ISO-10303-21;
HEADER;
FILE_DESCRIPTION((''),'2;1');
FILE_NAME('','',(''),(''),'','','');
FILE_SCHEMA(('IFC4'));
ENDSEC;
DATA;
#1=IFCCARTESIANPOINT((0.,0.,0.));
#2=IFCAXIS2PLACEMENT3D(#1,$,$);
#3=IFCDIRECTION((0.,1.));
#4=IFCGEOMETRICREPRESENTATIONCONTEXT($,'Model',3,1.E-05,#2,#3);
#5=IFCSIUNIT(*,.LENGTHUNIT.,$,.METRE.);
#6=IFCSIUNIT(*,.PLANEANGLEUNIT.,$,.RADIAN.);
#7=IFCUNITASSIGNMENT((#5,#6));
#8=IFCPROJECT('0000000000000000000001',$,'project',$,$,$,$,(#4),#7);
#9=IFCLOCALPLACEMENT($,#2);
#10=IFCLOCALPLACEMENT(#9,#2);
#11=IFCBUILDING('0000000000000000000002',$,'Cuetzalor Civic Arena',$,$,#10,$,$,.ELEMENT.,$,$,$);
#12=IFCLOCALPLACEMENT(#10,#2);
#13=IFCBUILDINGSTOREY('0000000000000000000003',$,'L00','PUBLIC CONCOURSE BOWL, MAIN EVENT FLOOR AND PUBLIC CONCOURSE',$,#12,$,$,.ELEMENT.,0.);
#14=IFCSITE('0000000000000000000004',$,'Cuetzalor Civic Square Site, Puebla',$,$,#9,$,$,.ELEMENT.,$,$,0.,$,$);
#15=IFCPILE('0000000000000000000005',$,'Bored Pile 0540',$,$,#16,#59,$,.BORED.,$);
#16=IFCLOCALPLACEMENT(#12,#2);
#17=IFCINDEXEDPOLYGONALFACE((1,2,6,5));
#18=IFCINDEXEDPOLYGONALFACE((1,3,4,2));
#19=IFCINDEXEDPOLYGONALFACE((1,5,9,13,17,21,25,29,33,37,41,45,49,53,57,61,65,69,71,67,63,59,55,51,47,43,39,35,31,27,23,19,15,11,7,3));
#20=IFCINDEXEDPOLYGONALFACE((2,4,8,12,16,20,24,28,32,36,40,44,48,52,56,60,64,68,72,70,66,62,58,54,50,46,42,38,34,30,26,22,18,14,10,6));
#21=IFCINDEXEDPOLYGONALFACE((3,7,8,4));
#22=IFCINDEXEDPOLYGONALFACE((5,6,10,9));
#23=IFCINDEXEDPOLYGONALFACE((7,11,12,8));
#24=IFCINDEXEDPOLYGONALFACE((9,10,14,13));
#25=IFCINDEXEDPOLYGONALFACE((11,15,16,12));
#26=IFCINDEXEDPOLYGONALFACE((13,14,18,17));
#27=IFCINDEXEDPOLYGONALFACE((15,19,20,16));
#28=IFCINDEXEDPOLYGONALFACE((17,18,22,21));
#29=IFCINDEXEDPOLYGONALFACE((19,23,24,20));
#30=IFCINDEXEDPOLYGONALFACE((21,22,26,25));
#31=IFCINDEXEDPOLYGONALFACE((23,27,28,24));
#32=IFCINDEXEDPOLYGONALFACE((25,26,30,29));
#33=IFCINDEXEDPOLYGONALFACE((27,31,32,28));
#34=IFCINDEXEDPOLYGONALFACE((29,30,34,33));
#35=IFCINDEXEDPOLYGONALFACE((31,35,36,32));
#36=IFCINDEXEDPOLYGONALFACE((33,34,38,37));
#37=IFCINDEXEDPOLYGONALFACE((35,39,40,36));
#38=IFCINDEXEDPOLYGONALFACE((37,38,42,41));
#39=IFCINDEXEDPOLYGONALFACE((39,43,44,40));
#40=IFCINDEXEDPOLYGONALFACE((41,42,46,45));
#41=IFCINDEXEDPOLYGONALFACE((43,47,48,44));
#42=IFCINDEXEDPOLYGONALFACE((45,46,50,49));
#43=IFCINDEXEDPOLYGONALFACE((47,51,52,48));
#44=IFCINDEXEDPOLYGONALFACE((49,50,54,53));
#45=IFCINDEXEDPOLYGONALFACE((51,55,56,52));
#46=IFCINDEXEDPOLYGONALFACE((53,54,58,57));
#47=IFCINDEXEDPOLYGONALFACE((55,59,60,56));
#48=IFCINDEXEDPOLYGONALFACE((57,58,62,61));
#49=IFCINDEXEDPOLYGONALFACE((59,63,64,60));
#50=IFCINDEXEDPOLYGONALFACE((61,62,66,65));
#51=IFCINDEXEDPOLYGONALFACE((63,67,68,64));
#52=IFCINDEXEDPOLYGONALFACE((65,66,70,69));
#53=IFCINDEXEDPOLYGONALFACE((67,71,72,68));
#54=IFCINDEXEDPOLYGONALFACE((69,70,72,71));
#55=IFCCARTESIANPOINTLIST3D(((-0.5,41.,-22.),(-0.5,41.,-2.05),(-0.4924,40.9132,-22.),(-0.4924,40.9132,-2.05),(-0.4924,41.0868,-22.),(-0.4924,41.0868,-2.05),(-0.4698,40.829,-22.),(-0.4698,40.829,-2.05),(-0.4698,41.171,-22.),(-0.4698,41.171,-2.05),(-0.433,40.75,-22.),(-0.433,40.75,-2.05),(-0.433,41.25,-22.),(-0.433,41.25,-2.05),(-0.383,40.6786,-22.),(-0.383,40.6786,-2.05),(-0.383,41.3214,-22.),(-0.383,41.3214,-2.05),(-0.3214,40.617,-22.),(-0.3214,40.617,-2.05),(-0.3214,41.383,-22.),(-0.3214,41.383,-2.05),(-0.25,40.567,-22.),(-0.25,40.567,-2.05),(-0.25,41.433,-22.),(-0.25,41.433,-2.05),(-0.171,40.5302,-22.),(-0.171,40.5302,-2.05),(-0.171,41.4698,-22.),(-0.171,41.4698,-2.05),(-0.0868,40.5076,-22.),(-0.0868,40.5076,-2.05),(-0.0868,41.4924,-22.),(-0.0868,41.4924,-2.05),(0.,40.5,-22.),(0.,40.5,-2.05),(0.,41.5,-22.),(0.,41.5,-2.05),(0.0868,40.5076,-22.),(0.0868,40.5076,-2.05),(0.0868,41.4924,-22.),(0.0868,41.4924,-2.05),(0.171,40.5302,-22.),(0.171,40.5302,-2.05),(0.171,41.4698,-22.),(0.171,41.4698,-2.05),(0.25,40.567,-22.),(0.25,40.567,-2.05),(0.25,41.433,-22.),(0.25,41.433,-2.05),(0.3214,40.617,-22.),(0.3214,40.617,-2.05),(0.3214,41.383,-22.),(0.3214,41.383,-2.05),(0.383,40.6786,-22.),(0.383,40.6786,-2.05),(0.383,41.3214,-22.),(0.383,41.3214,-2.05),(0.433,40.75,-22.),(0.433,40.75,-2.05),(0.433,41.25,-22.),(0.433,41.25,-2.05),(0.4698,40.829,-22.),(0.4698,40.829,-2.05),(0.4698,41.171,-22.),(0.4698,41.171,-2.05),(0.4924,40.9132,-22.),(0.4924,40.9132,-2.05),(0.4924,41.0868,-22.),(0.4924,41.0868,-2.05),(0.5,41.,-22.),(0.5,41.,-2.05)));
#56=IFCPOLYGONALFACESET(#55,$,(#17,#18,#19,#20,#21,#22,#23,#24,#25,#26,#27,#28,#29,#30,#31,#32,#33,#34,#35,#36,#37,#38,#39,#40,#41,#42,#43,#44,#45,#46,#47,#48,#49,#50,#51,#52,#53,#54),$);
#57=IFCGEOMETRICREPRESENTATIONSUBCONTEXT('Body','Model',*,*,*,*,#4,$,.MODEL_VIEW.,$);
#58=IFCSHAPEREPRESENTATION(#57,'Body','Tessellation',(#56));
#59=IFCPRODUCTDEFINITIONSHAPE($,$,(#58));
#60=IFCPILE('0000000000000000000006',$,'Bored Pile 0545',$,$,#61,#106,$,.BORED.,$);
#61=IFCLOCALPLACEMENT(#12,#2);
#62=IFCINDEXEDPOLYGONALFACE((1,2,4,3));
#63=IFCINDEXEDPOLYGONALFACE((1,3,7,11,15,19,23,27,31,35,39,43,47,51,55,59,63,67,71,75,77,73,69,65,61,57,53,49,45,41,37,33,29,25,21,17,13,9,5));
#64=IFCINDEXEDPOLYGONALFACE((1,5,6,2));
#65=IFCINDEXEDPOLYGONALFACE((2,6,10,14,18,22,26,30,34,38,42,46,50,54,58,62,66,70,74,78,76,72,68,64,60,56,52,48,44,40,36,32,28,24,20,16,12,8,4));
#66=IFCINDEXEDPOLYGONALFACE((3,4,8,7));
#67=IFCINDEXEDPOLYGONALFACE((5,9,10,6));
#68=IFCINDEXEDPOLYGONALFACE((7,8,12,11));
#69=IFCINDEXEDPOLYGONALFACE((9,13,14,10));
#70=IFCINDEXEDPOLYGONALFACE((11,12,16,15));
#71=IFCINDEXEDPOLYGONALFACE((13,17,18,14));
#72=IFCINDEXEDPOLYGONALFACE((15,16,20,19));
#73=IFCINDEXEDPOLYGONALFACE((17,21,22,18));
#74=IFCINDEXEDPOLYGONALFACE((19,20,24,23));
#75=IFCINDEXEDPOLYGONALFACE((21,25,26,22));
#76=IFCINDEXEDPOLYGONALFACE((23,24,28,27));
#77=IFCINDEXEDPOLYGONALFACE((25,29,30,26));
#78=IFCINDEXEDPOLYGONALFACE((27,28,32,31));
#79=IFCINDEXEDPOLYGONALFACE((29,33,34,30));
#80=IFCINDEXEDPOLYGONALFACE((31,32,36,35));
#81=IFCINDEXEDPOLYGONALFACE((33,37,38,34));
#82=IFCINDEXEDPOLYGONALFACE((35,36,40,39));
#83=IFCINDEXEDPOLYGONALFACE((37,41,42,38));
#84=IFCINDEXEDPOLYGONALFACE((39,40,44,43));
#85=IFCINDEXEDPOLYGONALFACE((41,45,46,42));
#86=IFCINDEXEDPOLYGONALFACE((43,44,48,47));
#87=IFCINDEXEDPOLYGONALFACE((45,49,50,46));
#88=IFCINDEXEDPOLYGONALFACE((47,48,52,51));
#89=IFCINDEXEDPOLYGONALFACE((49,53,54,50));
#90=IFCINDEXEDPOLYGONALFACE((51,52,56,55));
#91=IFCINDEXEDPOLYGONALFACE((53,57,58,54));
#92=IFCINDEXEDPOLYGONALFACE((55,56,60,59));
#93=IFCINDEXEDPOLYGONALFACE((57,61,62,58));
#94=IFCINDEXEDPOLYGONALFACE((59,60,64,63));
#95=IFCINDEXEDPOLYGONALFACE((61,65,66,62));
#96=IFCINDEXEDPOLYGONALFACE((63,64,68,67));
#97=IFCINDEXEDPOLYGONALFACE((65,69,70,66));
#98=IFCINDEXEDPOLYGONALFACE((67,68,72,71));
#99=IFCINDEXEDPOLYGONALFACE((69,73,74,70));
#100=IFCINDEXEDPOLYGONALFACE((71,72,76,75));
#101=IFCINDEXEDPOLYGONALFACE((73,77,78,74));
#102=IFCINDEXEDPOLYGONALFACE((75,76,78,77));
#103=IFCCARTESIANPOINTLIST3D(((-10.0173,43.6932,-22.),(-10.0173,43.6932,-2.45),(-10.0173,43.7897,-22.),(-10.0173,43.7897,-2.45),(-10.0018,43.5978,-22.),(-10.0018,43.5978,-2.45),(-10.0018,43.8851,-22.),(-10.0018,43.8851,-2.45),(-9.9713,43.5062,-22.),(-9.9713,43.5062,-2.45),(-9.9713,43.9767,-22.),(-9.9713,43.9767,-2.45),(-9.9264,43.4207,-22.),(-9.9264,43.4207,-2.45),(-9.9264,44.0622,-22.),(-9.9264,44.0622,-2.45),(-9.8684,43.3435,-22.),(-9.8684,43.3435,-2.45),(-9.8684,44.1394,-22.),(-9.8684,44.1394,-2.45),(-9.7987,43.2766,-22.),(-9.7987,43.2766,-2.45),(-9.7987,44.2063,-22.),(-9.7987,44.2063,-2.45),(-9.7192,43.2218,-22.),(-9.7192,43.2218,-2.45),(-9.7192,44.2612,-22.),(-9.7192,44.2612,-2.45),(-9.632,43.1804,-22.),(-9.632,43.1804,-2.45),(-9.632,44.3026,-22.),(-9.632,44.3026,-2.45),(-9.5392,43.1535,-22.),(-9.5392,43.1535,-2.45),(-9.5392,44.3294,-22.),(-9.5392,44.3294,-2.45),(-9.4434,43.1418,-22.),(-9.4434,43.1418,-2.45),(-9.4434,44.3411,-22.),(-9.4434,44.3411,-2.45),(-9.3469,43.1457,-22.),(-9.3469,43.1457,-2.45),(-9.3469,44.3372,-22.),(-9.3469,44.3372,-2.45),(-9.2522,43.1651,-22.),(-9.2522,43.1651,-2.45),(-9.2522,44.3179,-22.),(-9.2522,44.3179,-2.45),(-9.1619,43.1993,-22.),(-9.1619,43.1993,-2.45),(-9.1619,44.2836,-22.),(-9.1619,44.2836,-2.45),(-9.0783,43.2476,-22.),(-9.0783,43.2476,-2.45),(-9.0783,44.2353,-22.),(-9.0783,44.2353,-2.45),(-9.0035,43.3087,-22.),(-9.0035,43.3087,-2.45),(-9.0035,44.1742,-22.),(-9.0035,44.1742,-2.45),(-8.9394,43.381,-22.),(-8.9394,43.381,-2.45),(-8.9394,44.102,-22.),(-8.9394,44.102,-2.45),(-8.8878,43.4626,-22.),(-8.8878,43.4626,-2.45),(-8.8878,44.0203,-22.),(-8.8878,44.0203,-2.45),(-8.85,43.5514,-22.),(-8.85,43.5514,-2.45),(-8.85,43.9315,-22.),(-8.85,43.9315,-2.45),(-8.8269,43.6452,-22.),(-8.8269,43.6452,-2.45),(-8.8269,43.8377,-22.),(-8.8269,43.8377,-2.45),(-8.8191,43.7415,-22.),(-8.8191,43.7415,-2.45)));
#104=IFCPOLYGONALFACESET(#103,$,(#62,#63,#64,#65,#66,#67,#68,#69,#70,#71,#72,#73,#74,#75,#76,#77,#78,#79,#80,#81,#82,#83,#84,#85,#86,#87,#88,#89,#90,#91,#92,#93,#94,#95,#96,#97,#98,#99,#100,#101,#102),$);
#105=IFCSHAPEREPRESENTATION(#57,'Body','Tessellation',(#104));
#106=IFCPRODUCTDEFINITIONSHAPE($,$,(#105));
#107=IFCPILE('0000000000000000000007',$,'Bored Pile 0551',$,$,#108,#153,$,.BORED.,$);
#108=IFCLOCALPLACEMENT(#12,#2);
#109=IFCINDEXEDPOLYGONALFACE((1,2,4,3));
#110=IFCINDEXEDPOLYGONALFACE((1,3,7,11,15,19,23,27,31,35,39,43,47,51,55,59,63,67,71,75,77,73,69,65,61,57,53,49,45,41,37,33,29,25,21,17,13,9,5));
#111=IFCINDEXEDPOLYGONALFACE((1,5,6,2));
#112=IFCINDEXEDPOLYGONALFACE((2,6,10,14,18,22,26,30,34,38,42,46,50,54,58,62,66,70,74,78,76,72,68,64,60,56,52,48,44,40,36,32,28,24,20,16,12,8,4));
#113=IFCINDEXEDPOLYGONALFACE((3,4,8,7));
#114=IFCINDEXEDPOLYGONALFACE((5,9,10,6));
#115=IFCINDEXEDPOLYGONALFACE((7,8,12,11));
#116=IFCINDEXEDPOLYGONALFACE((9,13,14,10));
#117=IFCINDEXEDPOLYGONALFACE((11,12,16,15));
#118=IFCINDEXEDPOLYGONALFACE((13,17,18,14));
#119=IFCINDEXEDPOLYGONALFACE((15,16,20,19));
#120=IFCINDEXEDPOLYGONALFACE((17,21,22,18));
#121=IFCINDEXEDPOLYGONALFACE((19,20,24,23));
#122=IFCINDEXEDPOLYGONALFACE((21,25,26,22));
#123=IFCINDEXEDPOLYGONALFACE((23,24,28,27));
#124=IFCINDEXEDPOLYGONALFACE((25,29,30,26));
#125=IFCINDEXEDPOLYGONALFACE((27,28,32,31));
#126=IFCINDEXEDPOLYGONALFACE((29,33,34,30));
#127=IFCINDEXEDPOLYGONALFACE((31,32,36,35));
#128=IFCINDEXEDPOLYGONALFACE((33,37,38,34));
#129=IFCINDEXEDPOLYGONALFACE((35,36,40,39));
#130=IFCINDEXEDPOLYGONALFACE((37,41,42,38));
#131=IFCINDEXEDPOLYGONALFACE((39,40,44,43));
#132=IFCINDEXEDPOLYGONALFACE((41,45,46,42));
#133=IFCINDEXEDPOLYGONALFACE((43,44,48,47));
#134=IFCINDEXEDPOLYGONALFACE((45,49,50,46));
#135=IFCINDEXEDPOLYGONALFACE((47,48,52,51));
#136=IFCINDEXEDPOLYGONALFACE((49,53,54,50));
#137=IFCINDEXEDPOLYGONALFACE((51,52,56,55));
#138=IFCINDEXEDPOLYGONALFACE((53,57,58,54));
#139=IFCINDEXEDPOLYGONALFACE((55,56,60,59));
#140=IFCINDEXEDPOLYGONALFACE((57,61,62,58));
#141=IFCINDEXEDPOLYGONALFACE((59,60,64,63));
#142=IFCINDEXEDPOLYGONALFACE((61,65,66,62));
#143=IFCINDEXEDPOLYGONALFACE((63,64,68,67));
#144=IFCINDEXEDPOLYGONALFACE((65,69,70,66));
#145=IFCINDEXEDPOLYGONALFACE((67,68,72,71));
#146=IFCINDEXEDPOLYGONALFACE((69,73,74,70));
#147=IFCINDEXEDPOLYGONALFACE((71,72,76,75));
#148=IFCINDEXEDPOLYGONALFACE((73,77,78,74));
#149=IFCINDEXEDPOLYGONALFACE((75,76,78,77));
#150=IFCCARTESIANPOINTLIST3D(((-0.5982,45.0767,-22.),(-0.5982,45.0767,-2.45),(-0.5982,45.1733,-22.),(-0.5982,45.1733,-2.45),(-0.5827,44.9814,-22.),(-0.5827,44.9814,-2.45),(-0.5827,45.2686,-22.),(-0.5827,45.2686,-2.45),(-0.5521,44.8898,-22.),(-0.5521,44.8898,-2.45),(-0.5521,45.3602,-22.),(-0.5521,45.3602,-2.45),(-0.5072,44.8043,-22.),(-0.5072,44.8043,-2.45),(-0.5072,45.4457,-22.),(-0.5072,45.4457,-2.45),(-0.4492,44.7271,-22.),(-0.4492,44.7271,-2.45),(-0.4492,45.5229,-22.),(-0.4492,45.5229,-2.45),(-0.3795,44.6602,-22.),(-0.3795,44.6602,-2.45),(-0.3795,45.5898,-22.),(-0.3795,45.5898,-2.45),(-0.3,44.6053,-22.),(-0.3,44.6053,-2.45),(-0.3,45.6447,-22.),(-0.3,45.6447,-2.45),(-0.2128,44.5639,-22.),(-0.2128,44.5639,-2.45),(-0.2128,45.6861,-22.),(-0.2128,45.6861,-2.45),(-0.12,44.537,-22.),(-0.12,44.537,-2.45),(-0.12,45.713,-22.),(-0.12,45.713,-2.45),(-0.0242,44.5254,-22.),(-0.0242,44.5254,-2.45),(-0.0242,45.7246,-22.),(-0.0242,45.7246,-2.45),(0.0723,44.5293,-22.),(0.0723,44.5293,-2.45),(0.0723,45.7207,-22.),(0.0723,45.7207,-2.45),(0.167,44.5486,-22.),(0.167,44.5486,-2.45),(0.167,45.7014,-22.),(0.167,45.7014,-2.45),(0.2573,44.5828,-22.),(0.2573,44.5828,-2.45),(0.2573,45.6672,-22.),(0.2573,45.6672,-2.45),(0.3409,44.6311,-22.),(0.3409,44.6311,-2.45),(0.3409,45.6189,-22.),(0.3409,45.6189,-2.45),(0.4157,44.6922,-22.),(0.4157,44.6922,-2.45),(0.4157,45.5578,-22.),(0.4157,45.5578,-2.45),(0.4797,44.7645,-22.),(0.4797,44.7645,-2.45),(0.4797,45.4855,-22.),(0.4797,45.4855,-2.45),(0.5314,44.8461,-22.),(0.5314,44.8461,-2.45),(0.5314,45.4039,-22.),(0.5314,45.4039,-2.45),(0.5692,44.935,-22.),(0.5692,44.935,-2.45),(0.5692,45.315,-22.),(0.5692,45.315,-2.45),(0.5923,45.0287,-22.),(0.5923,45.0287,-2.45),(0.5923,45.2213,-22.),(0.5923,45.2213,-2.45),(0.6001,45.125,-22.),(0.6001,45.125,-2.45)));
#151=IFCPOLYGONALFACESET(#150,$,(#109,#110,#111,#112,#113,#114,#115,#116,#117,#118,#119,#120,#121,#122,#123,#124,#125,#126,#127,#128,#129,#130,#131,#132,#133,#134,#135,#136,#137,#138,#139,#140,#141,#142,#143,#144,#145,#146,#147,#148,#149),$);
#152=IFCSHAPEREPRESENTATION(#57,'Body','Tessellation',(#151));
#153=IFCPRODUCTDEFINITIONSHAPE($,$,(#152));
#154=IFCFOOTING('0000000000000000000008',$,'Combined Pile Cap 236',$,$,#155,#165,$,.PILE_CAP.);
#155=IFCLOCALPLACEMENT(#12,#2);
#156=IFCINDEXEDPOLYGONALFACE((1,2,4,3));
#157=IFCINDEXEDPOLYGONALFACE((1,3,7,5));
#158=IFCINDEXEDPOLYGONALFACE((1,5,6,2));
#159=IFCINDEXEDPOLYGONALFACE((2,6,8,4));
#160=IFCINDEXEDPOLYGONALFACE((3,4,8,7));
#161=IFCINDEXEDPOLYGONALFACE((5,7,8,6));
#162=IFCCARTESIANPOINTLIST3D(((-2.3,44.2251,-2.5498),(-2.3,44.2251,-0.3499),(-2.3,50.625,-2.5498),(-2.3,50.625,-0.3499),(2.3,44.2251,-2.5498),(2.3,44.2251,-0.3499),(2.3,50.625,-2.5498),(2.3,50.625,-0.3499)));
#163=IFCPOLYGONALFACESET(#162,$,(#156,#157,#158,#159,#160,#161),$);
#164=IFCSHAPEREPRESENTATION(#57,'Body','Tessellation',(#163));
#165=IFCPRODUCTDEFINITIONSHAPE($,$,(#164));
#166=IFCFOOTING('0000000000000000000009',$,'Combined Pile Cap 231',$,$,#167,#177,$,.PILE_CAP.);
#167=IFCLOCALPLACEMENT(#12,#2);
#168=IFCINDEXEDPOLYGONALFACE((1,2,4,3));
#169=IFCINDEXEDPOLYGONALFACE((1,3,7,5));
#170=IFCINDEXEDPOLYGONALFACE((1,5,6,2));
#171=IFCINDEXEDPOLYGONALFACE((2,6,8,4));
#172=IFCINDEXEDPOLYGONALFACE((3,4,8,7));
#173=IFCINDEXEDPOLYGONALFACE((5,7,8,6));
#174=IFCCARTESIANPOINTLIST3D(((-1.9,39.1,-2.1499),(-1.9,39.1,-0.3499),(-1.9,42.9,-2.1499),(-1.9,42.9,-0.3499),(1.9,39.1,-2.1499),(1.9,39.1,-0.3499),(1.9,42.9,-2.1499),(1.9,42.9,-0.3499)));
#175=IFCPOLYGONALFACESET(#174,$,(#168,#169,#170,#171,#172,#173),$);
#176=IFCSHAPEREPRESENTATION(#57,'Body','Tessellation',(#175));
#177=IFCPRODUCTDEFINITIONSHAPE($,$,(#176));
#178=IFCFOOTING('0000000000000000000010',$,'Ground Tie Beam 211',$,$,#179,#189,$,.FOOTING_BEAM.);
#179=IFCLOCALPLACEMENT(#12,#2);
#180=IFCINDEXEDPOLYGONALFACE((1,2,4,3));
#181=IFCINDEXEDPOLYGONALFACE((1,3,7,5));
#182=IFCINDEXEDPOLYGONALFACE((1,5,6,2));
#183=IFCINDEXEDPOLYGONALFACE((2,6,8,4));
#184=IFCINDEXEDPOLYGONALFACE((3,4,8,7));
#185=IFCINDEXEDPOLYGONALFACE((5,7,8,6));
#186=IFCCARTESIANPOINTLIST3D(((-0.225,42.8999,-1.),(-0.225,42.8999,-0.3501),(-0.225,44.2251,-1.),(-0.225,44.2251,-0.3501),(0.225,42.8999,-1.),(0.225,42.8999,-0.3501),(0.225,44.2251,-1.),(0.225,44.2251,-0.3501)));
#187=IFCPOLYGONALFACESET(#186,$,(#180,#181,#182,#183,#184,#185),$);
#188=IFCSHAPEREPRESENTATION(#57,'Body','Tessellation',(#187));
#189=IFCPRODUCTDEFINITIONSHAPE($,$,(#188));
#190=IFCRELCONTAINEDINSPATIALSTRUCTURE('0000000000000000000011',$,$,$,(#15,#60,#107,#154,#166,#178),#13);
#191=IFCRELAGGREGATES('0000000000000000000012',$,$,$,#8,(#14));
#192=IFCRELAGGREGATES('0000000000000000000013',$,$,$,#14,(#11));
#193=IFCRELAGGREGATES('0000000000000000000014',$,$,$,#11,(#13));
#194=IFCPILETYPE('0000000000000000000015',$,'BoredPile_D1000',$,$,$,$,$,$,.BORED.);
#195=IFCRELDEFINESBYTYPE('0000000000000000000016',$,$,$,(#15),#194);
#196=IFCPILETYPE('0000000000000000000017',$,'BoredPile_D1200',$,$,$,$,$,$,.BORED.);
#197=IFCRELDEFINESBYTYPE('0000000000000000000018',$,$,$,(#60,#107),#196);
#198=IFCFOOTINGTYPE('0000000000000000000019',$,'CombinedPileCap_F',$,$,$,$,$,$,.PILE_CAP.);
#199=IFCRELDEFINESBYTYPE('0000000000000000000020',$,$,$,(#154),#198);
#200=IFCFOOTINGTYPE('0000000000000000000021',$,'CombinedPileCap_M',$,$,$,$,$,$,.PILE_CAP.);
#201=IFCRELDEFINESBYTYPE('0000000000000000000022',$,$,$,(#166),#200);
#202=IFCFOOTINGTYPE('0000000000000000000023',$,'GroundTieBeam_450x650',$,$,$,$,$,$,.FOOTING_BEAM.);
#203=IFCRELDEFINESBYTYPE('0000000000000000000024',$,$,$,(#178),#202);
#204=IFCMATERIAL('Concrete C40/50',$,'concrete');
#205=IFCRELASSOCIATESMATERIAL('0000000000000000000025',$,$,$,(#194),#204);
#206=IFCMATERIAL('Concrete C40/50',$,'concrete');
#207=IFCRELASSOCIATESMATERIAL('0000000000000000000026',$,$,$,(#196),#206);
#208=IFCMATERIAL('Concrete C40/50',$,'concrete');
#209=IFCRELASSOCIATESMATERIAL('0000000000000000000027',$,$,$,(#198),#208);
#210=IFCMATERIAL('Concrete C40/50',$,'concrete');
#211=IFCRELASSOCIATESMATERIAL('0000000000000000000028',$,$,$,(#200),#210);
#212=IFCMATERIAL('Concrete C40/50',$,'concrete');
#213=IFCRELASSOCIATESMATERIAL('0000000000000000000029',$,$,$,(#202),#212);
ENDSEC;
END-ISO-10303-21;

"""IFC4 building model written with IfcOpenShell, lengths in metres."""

from ifc_helpers import new_model, si_unit, direction, frame, origin, origin_2d, place, context, subcontext, project, spatial, rectangle, circle, extrude, material, material_profile, profile_set, type_object, element, save


model = new_model("IFC4")

# Units and contexts
model_context = context("Model", 3, precision=1e-05, world=origin(), true_north=direction((0.0, 1.0)))
body_context = subcontext(model_context, "Body", "Model", "MODEL_VIEW")
ifc_project = project(units=[si_unit("LENGTHUNIT", "METRE"), si_unit("PLANEANGLEUNIT", "RADIAN")], contexts=[model_context])

# Site, building, storey
site_placement = place(None, origin())
site = spatial("IfcSite", under=ifc_project, at=site_placement, Name="Cuetzalor Civic Square Site, Puebla", CompositionType="ELEMENT", RefElevation=0.0)
building_placement = place(site_placement, origin())
building = spatial("IfcBuilding", under=site, at=building_placement, Name="Cuetzalor Civic Arena", CompositionType="ELEMENT")
storey_placement = place(building_placement, origin())
storey = spatial("IfcBuildingStorey", under=building, at=storey_placement, Name="L00", Description="PUBLIC CONCOURSE BOWL, MAIN EVENT FLOOR AND PUBLIC CONCOURSE", CompositionType="ELEMENT", Elevation=0.0)

# Piles
ifc_material_1 = material(Name="Concrete C40/50", Category="concrete")
ifc_material_profile_1 = material_profile(ifc_material_1, circle(Radius=0.5, at=origin_2d()), Name="BORED PILE D1000")
ifc_profile_set_1 = profile_set([ifc_material_profile_1], Name="Concrete C40/50")
pile_type_1 = type_object("IfcPileType", Name="BoredPile_D1000", PredefinedType="BORED", material=ifc_profile_set_1)
pile_placement = place(storey_placement, frame((0.0, 41.0, -2.05), z_axis=(0.0, 0.0, -1.0), x_axis=(1.0, 0.0, 0.0)))
element("IfcPile", 1, at=pile_placement, inside=storey, type_object=pile_type_1, Name="Bored Pile 0540", PredefinedType="BORED", context=body_context, shape_type="SweptSolid", body=[
    extrude(circle(Radius=0.5, at=origin_2d()), origin(), (0.0, 0.0, 1.0), 19.95),
])
ifc_material_2 = material(Name="Concrete C40/50", Category="concrete")
ifc_material_profile_2 = material_profile(ifc_material_2, circle(Radius=0.6001, at=origin_2d()), Name="BORED PILE D1200")
ifc_profile_set_2 = profile_set([ifc_material_profile_2], Name="Concrete C40/50")
pile_type_2 = type_object("IfcPileType", Name="BoredPile_D1200", PredefinedType="BORED", material=ifc_profile_set_2)
for number, where, z_axis, x_axis, name in (
    (2, (-9.4192, 43.7415, -2.45), (0.0, 0.0, -1.0), (1.0, 0.0, 0.0), "Bored Pile 0545"),
    (3, (0.0, 45.125, -2.45), (0.0, 0.0, -1.0), (1.0, 0.0, 0.0), "Bored Pile 0551"),
):
    element("IfcPile", number, at=place(storey_placement, frame(where, z_axis=z_axis, x_axis=x_axis)), inside=storey, type_object=pile_type_2, Name=name, PredefinedType="BORED", context=body_context, shape_type="SweptSolid", body=[
        extrude(circle(Radius=0.6001, at=origin_2d()), origin(), (0.0, 0.0, 1.0), 19.55),
    ])

# Footings
ifc_material_3 = material(Name="Concrete C40/50", Category="concrete")
footing_type_1 = type_object("IfcFootingType", Name="CombinedPileCap_F", PredefinedType="PILE_CAP", material=ifc_material_3)
footing_1_placement = place(storey_placement, frame((0.0, 47.425, -2.5498), z_axis=(0.0, 0.0, 1.0), x_axis=(1.0, 0.0, 0.0)))
element("IfcFooting", 4, at=footing_1_placement, inside=storey, type_object=footing_type_1, Name="Combined Pile Cap 236", PredefinedType="PILE_CAP", context=body_context, shape_type="SweptSolid", body=[
    extrude(rectangle(XDim=4.6001, YDim=6.3999, at=origin_2d()), origin(), (0.0, 0.0, 1.0), 2.2),
])
ifc_material_4 = material(Name="Concrete C40/50", Category="concrete")
footing_type_2 = type_object("IfcFootingType", Name="CombinedPileCap_M", PredefinedType="PILE_CAP", material=ifc_material_4)
footing_2_placement = place(storey_placement, frame((0.0, 41.0, -2.1499), z_axis=(0.0, 0.0, 1.0), x_axis=(1.0, 0.0, 0.0)))
element("IfcFooting", 5, at=footing_2_placement, inside=storey, type_object=footing_type_2, Name="Combined Pile Cap 231", PredefinedType="PILE_CAP", context=body_context, shape_type="SweptSolid", body=[
    extrude(rectangle(XDim=3.8, YDim=3.8, at=origin_2d()), origin(), (0.0, 0.0, 1.0), 1.8),
])
ifc_material_5 = material(Name="Concrete C40/50", Category="concrete")
ifc_material_profile_3 = material_profile(ifc_material_5, rectangle(XDim=0.45, YDim=0.6499, at=origin_2d()), Name="RC 450x650")
ifc_profile_set_3 = profile_set([ifc_material_profile_3], Name="Concrete C40/50")
footing_type_3 = type_object("IfcFootingType", Name="GroundTieBeam_450x650", PredefinedType="FOOTING_BEAM", material=ifc_profile_set_3)
footing_3_placement = place(storey_placement, frame((0.0, 42.8999, -0.675), z_axis=(0.0, 1.0, 0.0), x_axis=(-1.0, 0.0, 0.0)))
element("IfcFooting", 6, at=footing_3_placement, inside=storey, type_object=footing_type_3, Name="Ground Tie Beam 211", PredefinedType="FOOTING_BEAM", context=body_context, shape_type="SweptSolid", body=[
    extrude(rectangle(XDim=0.45, YDim=0.6499, at=origin_2d()), origin(), (0.0, 0.0, 1.0), 1.3252),
])

save(model, "model.ifc")
